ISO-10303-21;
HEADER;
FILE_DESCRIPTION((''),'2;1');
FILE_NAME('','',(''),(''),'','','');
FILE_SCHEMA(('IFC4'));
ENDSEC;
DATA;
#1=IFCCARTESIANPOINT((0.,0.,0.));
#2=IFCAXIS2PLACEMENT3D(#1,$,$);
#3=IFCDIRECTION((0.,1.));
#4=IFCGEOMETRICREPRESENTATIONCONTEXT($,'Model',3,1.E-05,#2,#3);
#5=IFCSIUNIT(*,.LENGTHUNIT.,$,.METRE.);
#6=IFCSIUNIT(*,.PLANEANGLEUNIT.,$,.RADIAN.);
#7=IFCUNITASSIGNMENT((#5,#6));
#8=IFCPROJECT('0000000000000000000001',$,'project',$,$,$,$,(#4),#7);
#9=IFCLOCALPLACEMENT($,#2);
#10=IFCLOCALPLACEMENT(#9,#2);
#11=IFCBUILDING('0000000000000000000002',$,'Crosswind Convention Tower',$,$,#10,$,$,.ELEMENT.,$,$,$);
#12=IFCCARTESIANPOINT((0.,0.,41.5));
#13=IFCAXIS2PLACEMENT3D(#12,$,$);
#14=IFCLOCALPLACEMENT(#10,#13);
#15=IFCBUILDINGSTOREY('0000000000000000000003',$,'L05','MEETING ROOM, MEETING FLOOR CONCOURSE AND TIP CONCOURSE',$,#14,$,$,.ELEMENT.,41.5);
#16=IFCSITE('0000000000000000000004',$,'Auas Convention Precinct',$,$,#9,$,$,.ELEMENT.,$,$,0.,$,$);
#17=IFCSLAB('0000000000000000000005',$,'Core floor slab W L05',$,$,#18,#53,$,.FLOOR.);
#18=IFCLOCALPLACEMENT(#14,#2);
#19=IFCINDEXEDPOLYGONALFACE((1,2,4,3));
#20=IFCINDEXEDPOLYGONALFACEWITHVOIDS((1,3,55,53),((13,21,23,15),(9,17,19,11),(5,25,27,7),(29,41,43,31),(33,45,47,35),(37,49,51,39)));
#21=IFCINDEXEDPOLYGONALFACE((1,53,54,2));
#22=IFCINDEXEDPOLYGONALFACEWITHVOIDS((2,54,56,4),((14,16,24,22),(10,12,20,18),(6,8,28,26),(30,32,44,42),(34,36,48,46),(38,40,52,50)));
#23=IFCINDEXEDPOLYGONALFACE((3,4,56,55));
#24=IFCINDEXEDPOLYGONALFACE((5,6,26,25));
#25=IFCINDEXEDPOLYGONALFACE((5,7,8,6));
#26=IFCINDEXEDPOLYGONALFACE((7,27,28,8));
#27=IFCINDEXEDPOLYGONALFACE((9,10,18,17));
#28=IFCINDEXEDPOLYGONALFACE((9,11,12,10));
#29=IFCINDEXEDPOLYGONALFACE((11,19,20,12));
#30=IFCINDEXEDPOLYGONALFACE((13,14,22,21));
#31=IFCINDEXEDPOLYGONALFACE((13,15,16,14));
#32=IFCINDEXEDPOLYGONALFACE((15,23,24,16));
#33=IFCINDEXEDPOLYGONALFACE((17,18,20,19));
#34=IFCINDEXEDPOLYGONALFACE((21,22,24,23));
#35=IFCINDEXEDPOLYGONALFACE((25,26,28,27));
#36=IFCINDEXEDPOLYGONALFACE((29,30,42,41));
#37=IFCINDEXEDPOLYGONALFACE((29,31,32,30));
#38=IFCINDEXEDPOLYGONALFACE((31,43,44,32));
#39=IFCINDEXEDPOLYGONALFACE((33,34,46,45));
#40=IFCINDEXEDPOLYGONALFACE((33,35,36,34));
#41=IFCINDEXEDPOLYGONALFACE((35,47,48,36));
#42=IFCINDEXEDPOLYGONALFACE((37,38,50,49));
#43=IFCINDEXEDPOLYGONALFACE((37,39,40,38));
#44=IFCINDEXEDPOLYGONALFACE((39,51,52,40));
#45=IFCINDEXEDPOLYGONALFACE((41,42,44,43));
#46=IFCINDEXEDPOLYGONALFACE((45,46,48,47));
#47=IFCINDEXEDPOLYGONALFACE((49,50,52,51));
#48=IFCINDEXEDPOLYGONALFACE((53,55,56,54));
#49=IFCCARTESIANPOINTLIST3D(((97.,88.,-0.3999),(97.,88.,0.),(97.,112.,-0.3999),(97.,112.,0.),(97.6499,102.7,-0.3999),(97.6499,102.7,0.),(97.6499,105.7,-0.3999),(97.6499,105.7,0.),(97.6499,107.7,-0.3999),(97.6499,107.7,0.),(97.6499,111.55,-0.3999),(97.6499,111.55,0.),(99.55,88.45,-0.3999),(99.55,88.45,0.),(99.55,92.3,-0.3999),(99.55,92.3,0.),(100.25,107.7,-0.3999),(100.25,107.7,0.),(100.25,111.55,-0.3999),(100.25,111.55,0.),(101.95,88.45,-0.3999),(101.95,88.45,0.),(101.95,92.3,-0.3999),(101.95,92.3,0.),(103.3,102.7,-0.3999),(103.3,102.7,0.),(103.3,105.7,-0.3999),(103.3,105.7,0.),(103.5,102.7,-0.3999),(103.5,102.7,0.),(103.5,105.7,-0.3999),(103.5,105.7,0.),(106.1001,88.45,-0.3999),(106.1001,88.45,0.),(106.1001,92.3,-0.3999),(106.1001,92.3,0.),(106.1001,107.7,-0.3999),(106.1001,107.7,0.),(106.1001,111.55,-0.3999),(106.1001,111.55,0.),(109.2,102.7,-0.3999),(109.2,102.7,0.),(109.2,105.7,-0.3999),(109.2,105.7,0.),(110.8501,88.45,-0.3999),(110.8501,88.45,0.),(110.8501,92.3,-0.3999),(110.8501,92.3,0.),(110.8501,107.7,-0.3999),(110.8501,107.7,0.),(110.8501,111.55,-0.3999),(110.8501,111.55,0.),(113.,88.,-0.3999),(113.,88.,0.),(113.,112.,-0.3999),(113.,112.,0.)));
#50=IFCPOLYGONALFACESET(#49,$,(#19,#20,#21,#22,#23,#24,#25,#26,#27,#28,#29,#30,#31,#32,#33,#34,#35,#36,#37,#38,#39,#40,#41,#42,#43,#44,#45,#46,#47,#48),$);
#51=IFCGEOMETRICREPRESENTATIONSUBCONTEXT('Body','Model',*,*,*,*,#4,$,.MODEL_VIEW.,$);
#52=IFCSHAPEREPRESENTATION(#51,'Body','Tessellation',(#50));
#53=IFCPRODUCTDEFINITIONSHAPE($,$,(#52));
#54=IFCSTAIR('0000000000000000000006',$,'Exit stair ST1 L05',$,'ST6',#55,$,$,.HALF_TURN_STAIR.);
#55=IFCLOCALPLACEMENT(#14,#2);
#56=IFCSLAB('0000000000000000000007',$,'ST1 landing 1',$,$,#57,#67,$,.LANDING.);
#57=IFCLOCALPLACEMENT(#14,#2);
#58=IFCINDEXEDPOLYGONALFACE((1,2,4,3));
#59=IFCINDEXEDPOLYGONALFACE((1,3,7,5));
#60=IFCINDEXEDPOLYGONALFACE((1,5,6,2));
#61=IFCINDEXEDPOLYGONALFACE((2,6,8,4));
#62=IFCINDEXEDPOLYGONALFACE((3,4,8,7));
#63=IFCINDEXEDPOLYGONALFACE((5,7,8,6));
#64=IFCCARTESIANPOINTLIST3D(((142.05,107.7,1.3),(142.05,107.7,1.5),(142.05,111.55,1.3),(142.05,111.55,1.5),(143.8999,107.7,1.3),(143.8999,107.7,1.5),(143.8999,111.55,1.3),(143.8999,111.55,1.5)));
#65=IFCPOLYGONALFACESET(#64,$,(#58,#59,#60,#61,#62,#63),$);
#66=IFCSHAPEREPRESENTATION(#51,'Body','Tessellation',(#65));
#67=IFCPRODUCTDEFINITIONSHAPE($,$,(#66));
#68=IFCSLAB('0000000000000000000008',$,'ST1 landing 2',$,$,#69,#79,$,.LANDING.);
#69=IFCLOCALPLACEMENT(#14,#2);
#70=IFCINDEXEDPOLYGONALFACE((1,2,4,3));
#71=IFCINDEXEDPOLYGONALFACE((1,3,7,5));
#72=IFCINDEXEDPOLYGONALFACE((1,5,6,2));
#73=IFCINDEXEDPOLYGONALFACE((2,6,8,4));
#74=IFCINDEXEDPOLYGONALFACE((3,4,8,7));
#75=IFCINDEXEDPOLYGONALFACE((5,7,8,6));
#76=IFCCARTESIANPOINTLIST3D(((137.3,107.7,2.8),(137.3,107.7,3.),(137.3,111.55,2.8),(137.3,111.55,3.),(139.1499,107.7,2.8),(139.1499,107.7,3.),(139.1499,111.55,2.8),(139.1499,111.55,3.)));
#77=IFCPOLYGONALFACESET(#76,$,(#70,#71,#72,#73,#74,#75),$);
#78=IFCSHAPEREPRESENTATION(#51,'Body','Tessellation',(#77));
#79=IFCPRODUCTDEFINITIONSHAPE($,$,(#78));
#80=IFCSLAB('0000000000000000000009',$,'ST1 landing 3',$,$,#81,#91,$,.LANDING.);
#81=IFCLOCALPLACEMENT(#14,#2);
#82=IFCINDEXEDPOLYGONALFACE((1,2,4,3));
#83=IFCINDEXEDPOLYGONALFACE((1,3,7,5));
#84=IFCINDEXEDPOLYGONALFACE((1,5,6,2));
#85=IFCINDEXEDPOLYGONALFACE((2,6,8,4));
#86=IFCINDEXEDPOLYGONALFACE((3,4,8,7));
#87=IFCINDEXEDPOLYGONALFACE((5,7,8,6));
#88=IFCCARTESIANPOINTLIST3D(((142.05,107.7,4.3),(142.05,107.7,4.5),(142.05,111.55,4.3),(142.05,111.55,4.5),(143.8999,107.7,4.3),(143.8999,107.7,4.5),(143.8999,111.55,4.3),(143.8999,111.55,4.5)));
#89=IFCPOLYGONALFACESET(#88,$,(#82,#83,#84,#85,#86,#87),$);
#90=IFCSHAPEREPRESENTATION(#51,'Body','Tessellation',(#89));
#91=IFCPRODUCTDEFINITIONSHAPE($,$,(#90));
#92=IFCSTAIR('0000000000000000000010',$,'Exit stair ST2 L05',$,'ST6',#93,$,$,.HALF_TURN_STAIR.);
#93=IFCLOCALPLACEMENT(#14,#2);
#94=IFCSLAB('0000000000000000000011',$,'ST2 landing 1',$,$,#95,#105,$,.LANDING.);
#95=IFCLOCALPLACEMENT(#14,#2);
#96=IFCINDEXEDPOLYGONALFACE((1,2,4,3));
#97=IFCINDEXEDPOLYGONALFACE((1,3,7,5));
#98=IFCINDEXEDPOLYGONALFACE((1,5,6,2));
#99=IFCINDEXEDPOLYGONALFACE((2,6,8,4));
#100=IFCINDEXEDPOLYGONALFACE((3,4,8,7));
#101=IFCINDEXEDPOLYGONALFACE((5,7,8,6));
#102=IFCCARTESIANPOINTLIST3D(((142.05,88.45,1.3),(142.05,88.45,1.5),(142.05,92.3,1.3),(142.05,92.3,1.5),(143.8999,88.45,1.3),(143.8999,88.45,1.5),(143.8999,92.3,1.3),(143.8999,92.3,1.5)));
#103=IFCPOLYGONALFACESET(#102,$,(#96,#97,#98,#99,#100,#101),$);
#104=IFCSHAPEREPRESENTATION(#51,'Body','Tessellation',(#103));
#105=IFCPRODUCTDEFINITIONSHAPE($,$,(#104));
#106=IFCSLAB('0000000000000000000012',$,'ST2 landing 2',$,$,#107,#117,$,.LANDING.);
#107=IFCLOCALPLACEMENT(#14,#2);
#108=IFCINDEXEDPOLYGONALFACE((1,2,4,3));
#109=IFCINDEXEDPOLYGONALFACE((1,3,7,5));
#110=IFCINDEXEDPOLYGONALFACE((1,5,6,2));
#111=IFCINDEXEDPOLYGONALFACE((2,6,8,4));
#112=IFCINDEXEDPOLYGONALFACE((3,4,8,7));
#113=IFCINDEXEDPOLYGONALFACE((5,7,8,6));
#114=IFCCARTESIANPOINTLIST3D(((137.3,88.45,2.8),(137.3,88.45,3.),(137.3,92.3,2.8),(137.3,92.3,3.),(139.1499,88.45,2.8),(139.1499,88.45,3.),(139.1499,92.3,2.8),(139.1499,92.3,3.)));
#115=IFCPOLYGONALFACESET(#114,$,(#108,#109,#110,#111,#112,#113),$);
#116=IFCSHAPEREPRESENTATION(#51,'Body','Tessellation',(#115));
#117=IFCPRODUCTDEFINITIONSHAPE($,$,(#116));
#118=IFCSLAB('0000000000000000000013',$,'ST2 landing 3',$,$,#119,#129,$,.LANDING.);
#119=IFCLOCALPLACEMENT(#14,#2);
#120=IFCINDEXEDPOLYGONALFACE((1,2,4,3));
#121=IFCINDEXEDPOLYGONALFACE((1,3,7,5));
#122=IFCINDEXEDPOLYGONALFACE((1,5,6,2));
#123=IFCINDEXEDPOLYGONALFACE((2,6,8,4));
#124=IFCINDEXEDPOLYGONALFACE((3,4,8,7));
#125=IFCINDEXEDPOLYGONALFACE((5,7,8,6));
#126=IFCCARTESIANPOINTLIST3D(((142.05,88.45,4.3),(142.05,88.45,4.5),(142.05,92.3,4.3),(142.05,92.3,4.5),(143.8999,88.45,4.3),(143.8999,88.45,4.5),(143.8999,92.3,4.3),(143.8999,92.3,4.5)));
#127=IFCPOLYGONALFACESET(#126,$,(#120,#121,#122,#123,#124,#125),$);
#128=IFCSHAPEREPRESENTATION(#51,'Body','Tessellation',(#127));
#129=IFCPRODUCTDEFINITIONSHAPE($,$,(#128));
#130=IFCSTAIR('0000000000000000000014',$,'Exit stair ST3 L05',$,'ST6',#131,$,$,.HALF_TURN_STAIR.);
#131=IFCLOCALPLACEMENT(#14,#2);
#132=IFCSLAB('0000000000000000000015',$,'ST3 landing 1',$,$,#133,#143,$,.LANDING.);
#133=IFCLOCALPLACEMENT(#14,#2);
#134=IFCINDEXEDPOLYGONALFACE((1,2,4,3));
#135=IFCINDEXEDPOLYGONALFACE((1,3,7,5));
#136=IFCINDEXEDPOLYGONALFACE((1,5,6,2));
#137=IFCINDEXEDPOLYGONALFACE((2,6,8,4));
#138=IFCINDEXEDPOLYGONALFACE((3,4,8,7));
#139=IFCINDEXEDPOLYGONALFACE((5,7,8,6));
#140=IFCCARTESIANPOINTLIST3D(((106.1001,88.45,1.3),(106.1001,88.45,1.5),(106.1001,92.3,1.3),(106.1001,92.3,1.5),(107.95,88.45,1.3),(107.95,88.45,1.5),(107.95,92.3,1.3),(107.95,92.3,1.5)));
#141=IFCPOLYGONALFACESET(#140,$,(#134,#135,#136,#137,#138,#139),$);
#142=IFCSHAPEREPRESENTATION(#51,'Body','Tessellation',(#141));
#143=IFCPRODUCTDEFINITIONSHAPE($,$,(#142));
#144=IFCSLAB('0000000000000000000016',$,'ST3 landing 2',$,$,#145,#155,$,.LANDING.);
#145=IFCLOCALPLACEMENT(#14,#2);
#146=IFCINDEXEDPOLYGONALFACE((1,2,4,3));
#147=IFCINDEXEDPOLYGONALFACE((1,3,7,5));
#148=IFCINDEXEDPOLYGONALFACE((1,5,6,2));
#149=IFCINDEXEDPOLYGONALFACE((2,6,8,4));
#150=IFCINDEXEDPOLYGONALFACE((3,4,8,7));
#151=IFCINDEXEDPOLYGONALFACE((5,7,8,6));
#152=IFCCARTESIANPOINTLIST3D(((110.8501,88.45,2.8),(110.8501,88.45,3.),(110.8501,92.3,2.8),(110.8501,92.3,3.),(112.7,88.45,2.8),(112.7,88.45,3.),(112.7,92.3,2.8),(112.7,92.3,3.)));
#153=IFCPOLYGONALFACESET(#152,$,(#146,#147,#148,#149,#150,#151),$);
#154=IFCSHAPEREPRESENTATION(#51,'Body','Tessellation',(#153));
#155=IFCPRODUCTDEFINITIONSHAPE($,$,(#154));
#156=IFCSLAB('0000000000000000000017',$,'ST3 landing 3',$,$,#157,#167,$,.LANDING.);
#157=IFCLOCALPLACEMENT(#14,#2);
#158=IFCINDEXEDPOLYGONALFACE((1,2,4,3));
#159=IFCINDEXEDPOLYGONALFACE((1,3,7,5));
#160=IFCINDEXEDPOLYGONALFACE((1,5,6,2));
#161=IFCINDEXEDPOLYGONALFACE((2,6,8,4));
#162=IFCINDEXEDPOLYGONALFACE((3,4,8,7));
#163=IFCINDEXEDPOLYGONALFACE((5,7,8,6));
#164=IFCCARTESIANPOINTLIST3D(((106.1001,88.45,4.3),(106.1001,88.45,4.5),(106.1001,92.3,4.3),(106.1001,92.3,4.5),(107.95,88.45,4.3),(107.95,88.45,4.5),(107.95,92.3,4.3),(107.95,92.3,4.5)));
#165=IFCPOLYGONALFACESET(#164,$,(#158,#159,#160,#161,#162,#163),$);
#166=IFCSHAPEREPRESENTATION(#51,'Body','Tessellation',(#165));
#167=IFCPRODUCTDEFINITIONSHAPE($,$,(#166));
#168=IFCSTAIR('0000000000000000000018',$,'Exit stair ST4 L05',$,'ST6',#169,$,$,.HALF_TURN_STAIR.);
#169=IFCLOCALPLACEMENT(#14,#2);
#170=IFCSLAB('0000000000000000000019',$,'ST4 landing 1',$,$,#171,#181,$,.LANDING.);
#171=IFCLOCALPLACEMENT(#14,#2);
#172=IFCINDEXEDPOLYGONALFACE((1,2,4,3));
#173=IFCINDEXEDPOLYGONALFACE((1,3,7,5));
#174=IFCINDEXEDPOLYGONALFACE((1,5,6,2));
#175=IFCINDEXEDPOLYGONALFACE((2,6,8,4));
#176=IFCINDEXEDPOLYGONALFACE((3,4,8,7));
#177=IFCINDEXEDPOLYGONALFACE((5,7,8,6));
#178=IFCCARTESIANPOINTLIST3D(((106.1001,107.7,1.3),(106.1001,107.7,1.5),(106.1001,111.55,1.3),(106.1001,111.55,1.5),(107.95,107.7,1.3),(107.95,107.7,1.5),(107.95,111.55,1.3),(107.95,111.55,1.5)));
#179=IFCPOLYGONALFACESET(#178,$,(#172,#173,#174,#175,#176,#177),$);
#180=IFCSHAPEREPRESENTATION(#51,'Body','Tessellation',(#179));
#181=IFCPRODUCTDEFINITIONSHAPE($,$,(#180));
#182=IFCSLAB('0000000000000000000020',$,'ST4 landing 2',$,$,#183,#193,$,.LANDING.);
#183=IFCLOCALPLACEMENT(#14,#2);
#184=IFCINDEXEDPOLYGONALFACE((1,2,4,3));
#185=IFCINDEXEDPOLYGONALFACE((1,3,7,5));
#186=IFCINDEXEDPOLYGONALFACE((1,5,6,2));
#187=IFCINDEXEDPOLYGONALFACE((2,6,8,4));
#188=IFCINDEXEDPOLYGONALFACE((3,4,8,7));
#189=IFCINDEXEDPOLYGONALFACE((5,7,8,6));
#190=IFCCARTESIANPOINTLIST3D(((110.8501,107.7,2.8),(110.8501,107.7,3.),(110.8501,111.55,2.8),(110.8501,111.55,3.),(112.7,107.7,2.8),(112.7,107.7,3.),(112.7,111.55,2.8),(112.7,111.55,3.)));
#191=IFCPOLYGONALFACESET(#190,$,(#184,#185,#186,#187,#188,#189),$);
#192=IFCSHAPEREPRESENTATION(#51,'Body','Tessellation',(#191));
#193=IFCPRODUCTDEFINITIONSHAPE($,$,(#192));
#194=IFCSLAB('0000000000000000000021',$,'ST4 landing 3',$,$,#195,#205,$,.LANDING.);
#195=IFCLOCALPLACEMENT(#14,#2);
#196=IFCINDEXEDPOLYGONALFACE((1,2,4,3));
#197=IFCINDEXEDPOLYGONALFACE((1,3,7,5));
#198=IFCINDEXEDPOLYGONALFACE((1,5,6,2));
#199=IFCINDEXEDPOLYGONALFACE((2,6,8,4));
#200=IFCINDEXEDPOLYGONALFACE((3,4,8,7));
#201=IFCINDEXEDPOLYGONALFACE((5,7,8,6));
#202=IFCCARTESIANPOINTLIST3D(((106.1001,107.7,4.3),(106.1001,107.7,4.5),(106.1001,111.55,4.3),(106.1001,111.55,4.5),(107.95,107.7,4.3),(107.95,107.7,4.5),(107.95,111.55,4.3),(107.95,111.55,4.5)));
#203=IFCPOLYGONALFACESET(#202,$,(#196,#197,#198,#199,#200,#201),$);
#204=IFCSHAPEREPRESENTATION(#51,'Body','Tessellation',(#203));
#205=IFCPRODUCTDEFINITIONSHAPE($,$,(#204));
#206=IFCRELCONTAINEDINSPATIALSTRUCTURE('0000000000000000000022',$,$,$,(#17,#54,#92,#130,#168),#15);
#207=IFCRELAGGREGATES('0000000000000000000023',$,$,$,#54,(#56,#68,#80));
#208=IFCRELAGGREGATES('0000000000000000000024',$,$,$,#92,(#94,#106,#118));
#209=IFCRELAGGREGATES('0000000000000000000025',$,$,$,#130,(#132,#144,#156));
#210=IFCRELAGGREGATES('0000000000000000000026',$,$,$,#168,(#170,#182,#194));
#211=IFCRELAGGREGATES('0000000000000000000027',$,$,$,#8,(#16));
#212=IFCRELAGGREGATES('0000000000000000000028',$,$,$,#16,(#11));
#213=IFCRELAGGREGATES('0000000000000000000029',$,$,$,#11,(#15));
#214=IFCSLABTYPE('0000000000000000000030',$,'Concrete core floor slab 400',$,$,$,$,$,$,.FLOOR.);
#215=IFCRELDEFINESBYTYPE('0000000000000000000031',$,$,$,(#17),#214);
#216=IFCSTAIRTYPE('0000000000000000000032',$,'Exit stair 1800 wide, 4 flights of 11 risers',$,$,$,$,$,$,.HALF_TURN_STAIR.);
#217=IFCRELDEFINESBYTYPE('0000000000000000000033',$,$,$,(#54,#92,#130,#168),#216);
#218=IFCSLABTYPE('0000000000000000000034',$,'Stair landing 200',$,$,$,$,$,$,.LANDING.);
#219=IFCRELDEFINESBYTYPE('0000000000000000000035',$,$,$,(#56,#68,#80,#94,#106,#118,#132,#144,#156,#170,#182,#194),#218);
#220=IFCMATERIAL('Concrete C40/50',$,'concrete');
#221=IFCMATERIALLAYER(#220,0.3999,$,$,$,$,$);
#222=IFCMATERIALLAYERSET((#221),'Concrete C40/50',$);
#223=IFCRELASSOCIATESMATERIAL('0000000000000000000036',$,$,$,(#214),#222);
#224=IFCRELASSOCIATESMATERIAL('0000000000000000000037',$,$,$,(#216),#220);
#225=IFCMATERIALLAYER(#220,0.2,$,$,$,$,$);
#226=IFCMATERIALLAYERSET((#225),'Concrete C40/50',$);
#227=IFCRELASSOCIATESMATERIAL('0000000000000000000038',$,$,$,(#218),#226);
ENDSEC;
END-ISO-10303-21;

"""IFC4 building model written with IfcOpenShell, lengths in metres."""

from ifc_helpers import new_model, si_unit, direction, frame, origin, place, context, subcontext, project, spatial, polyline, outline, extrude, material, layer, layer_set, type_object, element, aggregate, save


model = new_model("IFC4")

# Units and contexts
model_context = context("Model", 3, precision=1e-05, world=origin(), true_north=direction((0.0, 1.0)))
body_context = subcontext(model_context, "Body", "Model", "MODEL_VIEW")
ifc_project = project(units=[si_unit("LENGTHUNIT", "METRE"), si_unit("PLANEANGLEUNIT", "RADIAN")], contexts=[model_context])

# Site, building, storey
site_placement = place(None, origin())
site = spatial("IfcSite", under=ifc_project, at=site_placement, Name="Auas Convention Precinct", CompositionType="ELEMENT", RefElevation=0.0)
building_placement = place(site_placement, origin())
building = spatial("IfcBuilding", under=site, at=building_placement, Name="Crosswind Convention Tower", CompositionType="ELEMENT")
storey_placement = place(building_placement, frame((0.0, 0.0, 41.5)))
storey = spatial("IfcBuildingStorey", under=building, at=storey_placement, Name="L05", Description="MEETING ROOM, MEETING FLOOR CONCOURSE AND TIP CONCOURSE", CompositionType="ELEMENT", Elevation=41.5)

# Slab
ifc_material_1 = material(Name="Concrete C40/50", Category="concrete")
ifc_layer_1 = layer(ifc_material_1, 0.3999)
ifc_layer_set_1 = layer_set([ifc_layer_1], Name="Concrete C40/50")
slab_type_1 = type_object("IfcSlabType", Name="Concrete core floor slab 400", PredefinedType="FLOOR", material=ifc_layer_set_1)
slab_1_placement = place(storey_placement, frame((0.0, 0.0, -0.3999)))
element("IfcSlab", 1, at=slab_1_placement, inside=storey, type_object=slab_type_1, Name="Core floor slab W L05", PredefinedType="FLOOR", context=body_context, shape_type="SweptSolid", body=[
    extrude(outline(polyline([(97.0, 88.0), (113.0, 88.0), (113.0, 112.0), (97.0, 112.0), (97.0, 88.0)]), holes=[polyline([(109.2, 102.7), (109.2, 105.7), (103.5, 105.7), (103.5, 102.7), (109.2, 102.7)]), polyline([(103.3, 102.7), (103.3, 105.7), (97.6499, 105.7), (97.6499, 102.7), (103.3, 102.7)]), polyline([(101.95, 88.45), (101.95, 92.3), (99.55, 92.3), (99.55, 88.45), (101.95, 88.45)]), polyline([(100.25, 107.7), (100.25, 111.55), (97.6499, 111.55), (97.6499, 107.7), (100.25, 107.7)]), polyline([(110.8501, 88.45), (110.8501, 92.3), (106.1001, 92.3), (106.1001, 88.45), (110.8501, 88.45)]), polyline([(110.8501, 107.7), (110.8501, 111.55), (106.1001, 111.55), (106.1001, 107.7), (110.8501, 107.7)])]), origin(), (0.0, 0.0, 1.0), 0.3999),
])

# Stairs, slabs
stair_type = type_object("IfcStairType", Name="Exit stair 1800 wide, 4 flights of 11 risers", PredefinedType="HALF_TURN_STAIR", material=ifc_material_1)
stair_1_placement = place(storey_placement, origin())
stair_1 = element("IfcStair", 2, at=stair_1_placement, inside=storey, type_object=stair_type, Name="Exit stair ST1 L05", ObjectType="ST6", PredefinedType="HALF_TURN_STAIR")
ifc_layer_2 = layer(ifc_material_1, 0.2)
ifc_layer_set_2 = layer_set([ifc_layer_2], Name="Concrete C40/50")
slab_type_2 = type_object("IfcSlabType", Name="Stair landing 200", PredefinedType="LANDING", material=ifc_layer_set_2)
slab_2_placement = place(storey_placement, frame((0.0, 0.0, 1.3)))
slab_2 = element("IfcSlab", 3, at=slab_2_placement, type_object=slab_type_2, Name="ST1 landing 1", PredefinedType="LANDING", context=body_context, shape_type="SweptSolid", body=[
    extrude(outline(polyline([(143.8999, 107.7), (143.8999, 111.55), (142.05, 111.55), (142.05, 107.7), (143.8999, 107.7)])), origin(), (0.0, 0.0, 1.0), 0.2),
])
slab_3_placement = place(storey_placement, frame((0.0, 0.0, 2.8)))
slab_3 = element("IfcSlab", 4, at=slab_3_placement, type_object=slab_type_2, Name="ST1 landing 2", PredefinedType="LANDING", context=body_context, shape_type="SweptSolid", body=[
    extrude(outline(polyline([(139.1499, 107.7), (139.1499, 111.55), (137.3, 111.55), (137.3, 107.7), (139.1499, 107.7)])), origin(), (0.0, 0.0, 1.0), 0.2),
])
slab_4_placement = place(storey_placement, frame((0.0, 0.0, 4.3)))
slab_4 = element("IfcSlab", 5, at=slab_4_placement, type_object=slab_type_2, Name="ST1 landing 3", PredefinedType="LANDING", context=body_context, shape_type="SweptSolid", body=[
    extrude(outline(polyline([(143.8999, 107.7), (143.8999, 111.55), (142.05, 111.55), (142.05, 107.7), (143.8999, 107.7)])), origin(), (0.0, 0.0, 1.0), 0.2),
])
aggregate(stair_1, [slab_2, slab_3, slab_4])
stair_2_placement = place(storey_placement, origin())
stair_2 = element("IfcStair", 6, at=stair_2_placement, inside=storey, type_object=stair_type, Name="Exit stair ST2 L05", ObjectType="ST6", PredefinedType="HALF_TURN_STAIR")
slab_5_placement = place(storey_placement, frame((0.0, 0.0, 1.3)))
slab_5 = element("IfcSlab", 7, at=slab_5_placement, type_object=slab_type_2, Name="ST2 landing 1", PredefinedType="LANDING", context=body_context, shape_type="SweptSolid", body=[
    extrude(outline(polyline([(143.8999, 88.45), (143.8999, 92.3), (142.05, 92.3), (142.05, 88.45), (143.8999, 88.45)])), origin(), (0.0, 0.0, 1.0), 0.2),
])
slab_6_placement = place(storey_placement, frame((0.0, 0.0, 2.8)))
slab_6 = element("IfcSlab", 8, at=slab_6_placement, type_object=slab_type_2, Name="ST2 landing 2", PredefinedType="LANDING", context=body_context, shape_type="SweptSolid", body=[
    extrude(outline(polyline([(139.1499, 88.45), (139.1499, 92.3), (137.3, 92.3), (137.3, 88.45), (139.1499, 88.45)])), origin(), (0.0, 0.0, 1.0), 0.2),
])
slab_7_placement = place(storey_placement, frame((0.0, 0.0, 4.3)))
slab_7 = element("IfcSlab", 9, at=slab_7_placement, type_object=slab_type_2, Name="ST2 landing 3", PredefinedType="LANDING", context=body_context, shape_type="SweptSolid", body=[
    extrude(outline(polyline([(143.8999, 88.45), (143.8999, 92.3), (142.05, 92.3), (142.05, 88.45), (143.8999, 88.45)])), origin(), (0.0, 0.0, 1.0), 0.2),
])
aggregate(stair_2, [slab_5, slab_6, slab_7])
stair_3_placement = place(storey_placement, origin())
stair_3 = element("IfcStair", 10, at=stair_3_placement, inside=storey, type_object=stair_type, Name="Exit stair ST3 L05", ObjectType="ST6", PredefinedType="HALF_TURN_STAIR")
slab_8_placement = place(storey_placement, frame((0.0, 0.0, 1.3)))
slab_8 = element("IfcSlab", 11, at=slab_8_placement, type_object=slab_type_2, Name="ST3 landing 1", PredefinedType="LANDING", context=body_context, shape_type="SweptSolid", body=[
    extrude(outline(polyline([(107.95, 88.45), (107.95, 92.3), (106.1001, 92.3), (106.1001, 88.45), (107.95, 88.45)])), origin(), (0.0, 0.0, 1.0), 0.2),
])
slab_9_placement = place(storey_placement, frame((0.0, 0.0, 2.8)))
slab_9 = element("IfcSlab", 12, at=slab_9_placement, type_object=slab_type_2, Name="ST3 landing 2", PredefinedType="LANDING", context=body_context, shape_type="SweptSolid", body=[
    extrude(outline(polyline([(112.7, 88.45), (112.7, 92.3), (110.8501, 92.3), (110.8501, 88.45), (112.7, 88.45)])), origin(), (0.0, 0.0, 1.0), 0.2),
])
slab_10_placement = place(storey_placement, frame((0.0, 0.0, 4.3)))
slab_10 = element("IfcSlab", 13, at=slab_10_placement, type_object=slab_type_2, Name="ST3 landing 3", PredefinedType="LANDING", context=body_context, shape_type="SweptSolid", body=[
    extrude(outline(polyline([(107.95, 88.45), (107.95, 92.3), (106.1001, 92.3), (106.1001, 88.45), (107.95, 88.45)])), origin(), (0.0, 0.0, 1.0), 0.2),
])
aggregate(stair_3, [slab_8, slab_9, slab_10])
stair_4_placement = place(storey_placement, origin())
stair_4 = element("IfcStair", 14, at=stair_4_placement, inside=storey, type_object=stair_type, Name="Exit stair ST4 L05", ObjectType="ST6", PredefinedType="HALF_TURN_STAIR")
slab_11_placement = place(storey_placement, frame((0.0, 0.0, 1.3)))
slab_11 = element("IfcSlab", 15, at=slab_11_placement, type_object=slab_type_2, Name="ST4 landing 1", PredefinedType="LANDING", context=body_context, shape_type="SweptSolid", body=[
    extrude(outline(polyline([(107.95, 107.7), (107.95, 111.55), (106.1001, 111.55), (106.1001, 107.7), (107.95, 107.7)])), origin(), (0.0, 0.0, 1.0), 0.2),
])
slab_12_placement = place(storey_placement, frame((0.0, 0.0, 2.8)))
slab_12 = element("IfcSlab", 16, at=slab_12_placement, type_object=slab_type_2, Name="ST4 landing 2", PredefinedType="LANDING", context=body_context, shape_type="SweptSolid", body=[
    extrude(outline(polyline([(112.7, 107.7), (112.7, 111.55), (110.8501, 111.55), (110.8501, 107.7), (112.7, 107.7)])), origin(), (0.0, 0.0, 1.0), 0.2),
])
slab_13_placement = place(storey_placement, frame((0.0, 0.0, 4.3)))
slab_13 = element("IfcSlab", 17, at=slab_13_placement, type_object=slab_type_2, Name="ST4 landing 3", PredefinedType="LANDING", context=body_context, shape_type="SweptSolid", body=[
    extrude(outline(polyline([(107.95, 107.7), (107.95, 111.55), (106.1001, 111.55), (106.1001, 107.7), (107.95, 107.7)])), origin(), (0.0, 0.0, 1.0), 0.2),
])
aggregate(stair_4, [slab_11, slab_12, slab_13])

save(model, "model.ifc")
